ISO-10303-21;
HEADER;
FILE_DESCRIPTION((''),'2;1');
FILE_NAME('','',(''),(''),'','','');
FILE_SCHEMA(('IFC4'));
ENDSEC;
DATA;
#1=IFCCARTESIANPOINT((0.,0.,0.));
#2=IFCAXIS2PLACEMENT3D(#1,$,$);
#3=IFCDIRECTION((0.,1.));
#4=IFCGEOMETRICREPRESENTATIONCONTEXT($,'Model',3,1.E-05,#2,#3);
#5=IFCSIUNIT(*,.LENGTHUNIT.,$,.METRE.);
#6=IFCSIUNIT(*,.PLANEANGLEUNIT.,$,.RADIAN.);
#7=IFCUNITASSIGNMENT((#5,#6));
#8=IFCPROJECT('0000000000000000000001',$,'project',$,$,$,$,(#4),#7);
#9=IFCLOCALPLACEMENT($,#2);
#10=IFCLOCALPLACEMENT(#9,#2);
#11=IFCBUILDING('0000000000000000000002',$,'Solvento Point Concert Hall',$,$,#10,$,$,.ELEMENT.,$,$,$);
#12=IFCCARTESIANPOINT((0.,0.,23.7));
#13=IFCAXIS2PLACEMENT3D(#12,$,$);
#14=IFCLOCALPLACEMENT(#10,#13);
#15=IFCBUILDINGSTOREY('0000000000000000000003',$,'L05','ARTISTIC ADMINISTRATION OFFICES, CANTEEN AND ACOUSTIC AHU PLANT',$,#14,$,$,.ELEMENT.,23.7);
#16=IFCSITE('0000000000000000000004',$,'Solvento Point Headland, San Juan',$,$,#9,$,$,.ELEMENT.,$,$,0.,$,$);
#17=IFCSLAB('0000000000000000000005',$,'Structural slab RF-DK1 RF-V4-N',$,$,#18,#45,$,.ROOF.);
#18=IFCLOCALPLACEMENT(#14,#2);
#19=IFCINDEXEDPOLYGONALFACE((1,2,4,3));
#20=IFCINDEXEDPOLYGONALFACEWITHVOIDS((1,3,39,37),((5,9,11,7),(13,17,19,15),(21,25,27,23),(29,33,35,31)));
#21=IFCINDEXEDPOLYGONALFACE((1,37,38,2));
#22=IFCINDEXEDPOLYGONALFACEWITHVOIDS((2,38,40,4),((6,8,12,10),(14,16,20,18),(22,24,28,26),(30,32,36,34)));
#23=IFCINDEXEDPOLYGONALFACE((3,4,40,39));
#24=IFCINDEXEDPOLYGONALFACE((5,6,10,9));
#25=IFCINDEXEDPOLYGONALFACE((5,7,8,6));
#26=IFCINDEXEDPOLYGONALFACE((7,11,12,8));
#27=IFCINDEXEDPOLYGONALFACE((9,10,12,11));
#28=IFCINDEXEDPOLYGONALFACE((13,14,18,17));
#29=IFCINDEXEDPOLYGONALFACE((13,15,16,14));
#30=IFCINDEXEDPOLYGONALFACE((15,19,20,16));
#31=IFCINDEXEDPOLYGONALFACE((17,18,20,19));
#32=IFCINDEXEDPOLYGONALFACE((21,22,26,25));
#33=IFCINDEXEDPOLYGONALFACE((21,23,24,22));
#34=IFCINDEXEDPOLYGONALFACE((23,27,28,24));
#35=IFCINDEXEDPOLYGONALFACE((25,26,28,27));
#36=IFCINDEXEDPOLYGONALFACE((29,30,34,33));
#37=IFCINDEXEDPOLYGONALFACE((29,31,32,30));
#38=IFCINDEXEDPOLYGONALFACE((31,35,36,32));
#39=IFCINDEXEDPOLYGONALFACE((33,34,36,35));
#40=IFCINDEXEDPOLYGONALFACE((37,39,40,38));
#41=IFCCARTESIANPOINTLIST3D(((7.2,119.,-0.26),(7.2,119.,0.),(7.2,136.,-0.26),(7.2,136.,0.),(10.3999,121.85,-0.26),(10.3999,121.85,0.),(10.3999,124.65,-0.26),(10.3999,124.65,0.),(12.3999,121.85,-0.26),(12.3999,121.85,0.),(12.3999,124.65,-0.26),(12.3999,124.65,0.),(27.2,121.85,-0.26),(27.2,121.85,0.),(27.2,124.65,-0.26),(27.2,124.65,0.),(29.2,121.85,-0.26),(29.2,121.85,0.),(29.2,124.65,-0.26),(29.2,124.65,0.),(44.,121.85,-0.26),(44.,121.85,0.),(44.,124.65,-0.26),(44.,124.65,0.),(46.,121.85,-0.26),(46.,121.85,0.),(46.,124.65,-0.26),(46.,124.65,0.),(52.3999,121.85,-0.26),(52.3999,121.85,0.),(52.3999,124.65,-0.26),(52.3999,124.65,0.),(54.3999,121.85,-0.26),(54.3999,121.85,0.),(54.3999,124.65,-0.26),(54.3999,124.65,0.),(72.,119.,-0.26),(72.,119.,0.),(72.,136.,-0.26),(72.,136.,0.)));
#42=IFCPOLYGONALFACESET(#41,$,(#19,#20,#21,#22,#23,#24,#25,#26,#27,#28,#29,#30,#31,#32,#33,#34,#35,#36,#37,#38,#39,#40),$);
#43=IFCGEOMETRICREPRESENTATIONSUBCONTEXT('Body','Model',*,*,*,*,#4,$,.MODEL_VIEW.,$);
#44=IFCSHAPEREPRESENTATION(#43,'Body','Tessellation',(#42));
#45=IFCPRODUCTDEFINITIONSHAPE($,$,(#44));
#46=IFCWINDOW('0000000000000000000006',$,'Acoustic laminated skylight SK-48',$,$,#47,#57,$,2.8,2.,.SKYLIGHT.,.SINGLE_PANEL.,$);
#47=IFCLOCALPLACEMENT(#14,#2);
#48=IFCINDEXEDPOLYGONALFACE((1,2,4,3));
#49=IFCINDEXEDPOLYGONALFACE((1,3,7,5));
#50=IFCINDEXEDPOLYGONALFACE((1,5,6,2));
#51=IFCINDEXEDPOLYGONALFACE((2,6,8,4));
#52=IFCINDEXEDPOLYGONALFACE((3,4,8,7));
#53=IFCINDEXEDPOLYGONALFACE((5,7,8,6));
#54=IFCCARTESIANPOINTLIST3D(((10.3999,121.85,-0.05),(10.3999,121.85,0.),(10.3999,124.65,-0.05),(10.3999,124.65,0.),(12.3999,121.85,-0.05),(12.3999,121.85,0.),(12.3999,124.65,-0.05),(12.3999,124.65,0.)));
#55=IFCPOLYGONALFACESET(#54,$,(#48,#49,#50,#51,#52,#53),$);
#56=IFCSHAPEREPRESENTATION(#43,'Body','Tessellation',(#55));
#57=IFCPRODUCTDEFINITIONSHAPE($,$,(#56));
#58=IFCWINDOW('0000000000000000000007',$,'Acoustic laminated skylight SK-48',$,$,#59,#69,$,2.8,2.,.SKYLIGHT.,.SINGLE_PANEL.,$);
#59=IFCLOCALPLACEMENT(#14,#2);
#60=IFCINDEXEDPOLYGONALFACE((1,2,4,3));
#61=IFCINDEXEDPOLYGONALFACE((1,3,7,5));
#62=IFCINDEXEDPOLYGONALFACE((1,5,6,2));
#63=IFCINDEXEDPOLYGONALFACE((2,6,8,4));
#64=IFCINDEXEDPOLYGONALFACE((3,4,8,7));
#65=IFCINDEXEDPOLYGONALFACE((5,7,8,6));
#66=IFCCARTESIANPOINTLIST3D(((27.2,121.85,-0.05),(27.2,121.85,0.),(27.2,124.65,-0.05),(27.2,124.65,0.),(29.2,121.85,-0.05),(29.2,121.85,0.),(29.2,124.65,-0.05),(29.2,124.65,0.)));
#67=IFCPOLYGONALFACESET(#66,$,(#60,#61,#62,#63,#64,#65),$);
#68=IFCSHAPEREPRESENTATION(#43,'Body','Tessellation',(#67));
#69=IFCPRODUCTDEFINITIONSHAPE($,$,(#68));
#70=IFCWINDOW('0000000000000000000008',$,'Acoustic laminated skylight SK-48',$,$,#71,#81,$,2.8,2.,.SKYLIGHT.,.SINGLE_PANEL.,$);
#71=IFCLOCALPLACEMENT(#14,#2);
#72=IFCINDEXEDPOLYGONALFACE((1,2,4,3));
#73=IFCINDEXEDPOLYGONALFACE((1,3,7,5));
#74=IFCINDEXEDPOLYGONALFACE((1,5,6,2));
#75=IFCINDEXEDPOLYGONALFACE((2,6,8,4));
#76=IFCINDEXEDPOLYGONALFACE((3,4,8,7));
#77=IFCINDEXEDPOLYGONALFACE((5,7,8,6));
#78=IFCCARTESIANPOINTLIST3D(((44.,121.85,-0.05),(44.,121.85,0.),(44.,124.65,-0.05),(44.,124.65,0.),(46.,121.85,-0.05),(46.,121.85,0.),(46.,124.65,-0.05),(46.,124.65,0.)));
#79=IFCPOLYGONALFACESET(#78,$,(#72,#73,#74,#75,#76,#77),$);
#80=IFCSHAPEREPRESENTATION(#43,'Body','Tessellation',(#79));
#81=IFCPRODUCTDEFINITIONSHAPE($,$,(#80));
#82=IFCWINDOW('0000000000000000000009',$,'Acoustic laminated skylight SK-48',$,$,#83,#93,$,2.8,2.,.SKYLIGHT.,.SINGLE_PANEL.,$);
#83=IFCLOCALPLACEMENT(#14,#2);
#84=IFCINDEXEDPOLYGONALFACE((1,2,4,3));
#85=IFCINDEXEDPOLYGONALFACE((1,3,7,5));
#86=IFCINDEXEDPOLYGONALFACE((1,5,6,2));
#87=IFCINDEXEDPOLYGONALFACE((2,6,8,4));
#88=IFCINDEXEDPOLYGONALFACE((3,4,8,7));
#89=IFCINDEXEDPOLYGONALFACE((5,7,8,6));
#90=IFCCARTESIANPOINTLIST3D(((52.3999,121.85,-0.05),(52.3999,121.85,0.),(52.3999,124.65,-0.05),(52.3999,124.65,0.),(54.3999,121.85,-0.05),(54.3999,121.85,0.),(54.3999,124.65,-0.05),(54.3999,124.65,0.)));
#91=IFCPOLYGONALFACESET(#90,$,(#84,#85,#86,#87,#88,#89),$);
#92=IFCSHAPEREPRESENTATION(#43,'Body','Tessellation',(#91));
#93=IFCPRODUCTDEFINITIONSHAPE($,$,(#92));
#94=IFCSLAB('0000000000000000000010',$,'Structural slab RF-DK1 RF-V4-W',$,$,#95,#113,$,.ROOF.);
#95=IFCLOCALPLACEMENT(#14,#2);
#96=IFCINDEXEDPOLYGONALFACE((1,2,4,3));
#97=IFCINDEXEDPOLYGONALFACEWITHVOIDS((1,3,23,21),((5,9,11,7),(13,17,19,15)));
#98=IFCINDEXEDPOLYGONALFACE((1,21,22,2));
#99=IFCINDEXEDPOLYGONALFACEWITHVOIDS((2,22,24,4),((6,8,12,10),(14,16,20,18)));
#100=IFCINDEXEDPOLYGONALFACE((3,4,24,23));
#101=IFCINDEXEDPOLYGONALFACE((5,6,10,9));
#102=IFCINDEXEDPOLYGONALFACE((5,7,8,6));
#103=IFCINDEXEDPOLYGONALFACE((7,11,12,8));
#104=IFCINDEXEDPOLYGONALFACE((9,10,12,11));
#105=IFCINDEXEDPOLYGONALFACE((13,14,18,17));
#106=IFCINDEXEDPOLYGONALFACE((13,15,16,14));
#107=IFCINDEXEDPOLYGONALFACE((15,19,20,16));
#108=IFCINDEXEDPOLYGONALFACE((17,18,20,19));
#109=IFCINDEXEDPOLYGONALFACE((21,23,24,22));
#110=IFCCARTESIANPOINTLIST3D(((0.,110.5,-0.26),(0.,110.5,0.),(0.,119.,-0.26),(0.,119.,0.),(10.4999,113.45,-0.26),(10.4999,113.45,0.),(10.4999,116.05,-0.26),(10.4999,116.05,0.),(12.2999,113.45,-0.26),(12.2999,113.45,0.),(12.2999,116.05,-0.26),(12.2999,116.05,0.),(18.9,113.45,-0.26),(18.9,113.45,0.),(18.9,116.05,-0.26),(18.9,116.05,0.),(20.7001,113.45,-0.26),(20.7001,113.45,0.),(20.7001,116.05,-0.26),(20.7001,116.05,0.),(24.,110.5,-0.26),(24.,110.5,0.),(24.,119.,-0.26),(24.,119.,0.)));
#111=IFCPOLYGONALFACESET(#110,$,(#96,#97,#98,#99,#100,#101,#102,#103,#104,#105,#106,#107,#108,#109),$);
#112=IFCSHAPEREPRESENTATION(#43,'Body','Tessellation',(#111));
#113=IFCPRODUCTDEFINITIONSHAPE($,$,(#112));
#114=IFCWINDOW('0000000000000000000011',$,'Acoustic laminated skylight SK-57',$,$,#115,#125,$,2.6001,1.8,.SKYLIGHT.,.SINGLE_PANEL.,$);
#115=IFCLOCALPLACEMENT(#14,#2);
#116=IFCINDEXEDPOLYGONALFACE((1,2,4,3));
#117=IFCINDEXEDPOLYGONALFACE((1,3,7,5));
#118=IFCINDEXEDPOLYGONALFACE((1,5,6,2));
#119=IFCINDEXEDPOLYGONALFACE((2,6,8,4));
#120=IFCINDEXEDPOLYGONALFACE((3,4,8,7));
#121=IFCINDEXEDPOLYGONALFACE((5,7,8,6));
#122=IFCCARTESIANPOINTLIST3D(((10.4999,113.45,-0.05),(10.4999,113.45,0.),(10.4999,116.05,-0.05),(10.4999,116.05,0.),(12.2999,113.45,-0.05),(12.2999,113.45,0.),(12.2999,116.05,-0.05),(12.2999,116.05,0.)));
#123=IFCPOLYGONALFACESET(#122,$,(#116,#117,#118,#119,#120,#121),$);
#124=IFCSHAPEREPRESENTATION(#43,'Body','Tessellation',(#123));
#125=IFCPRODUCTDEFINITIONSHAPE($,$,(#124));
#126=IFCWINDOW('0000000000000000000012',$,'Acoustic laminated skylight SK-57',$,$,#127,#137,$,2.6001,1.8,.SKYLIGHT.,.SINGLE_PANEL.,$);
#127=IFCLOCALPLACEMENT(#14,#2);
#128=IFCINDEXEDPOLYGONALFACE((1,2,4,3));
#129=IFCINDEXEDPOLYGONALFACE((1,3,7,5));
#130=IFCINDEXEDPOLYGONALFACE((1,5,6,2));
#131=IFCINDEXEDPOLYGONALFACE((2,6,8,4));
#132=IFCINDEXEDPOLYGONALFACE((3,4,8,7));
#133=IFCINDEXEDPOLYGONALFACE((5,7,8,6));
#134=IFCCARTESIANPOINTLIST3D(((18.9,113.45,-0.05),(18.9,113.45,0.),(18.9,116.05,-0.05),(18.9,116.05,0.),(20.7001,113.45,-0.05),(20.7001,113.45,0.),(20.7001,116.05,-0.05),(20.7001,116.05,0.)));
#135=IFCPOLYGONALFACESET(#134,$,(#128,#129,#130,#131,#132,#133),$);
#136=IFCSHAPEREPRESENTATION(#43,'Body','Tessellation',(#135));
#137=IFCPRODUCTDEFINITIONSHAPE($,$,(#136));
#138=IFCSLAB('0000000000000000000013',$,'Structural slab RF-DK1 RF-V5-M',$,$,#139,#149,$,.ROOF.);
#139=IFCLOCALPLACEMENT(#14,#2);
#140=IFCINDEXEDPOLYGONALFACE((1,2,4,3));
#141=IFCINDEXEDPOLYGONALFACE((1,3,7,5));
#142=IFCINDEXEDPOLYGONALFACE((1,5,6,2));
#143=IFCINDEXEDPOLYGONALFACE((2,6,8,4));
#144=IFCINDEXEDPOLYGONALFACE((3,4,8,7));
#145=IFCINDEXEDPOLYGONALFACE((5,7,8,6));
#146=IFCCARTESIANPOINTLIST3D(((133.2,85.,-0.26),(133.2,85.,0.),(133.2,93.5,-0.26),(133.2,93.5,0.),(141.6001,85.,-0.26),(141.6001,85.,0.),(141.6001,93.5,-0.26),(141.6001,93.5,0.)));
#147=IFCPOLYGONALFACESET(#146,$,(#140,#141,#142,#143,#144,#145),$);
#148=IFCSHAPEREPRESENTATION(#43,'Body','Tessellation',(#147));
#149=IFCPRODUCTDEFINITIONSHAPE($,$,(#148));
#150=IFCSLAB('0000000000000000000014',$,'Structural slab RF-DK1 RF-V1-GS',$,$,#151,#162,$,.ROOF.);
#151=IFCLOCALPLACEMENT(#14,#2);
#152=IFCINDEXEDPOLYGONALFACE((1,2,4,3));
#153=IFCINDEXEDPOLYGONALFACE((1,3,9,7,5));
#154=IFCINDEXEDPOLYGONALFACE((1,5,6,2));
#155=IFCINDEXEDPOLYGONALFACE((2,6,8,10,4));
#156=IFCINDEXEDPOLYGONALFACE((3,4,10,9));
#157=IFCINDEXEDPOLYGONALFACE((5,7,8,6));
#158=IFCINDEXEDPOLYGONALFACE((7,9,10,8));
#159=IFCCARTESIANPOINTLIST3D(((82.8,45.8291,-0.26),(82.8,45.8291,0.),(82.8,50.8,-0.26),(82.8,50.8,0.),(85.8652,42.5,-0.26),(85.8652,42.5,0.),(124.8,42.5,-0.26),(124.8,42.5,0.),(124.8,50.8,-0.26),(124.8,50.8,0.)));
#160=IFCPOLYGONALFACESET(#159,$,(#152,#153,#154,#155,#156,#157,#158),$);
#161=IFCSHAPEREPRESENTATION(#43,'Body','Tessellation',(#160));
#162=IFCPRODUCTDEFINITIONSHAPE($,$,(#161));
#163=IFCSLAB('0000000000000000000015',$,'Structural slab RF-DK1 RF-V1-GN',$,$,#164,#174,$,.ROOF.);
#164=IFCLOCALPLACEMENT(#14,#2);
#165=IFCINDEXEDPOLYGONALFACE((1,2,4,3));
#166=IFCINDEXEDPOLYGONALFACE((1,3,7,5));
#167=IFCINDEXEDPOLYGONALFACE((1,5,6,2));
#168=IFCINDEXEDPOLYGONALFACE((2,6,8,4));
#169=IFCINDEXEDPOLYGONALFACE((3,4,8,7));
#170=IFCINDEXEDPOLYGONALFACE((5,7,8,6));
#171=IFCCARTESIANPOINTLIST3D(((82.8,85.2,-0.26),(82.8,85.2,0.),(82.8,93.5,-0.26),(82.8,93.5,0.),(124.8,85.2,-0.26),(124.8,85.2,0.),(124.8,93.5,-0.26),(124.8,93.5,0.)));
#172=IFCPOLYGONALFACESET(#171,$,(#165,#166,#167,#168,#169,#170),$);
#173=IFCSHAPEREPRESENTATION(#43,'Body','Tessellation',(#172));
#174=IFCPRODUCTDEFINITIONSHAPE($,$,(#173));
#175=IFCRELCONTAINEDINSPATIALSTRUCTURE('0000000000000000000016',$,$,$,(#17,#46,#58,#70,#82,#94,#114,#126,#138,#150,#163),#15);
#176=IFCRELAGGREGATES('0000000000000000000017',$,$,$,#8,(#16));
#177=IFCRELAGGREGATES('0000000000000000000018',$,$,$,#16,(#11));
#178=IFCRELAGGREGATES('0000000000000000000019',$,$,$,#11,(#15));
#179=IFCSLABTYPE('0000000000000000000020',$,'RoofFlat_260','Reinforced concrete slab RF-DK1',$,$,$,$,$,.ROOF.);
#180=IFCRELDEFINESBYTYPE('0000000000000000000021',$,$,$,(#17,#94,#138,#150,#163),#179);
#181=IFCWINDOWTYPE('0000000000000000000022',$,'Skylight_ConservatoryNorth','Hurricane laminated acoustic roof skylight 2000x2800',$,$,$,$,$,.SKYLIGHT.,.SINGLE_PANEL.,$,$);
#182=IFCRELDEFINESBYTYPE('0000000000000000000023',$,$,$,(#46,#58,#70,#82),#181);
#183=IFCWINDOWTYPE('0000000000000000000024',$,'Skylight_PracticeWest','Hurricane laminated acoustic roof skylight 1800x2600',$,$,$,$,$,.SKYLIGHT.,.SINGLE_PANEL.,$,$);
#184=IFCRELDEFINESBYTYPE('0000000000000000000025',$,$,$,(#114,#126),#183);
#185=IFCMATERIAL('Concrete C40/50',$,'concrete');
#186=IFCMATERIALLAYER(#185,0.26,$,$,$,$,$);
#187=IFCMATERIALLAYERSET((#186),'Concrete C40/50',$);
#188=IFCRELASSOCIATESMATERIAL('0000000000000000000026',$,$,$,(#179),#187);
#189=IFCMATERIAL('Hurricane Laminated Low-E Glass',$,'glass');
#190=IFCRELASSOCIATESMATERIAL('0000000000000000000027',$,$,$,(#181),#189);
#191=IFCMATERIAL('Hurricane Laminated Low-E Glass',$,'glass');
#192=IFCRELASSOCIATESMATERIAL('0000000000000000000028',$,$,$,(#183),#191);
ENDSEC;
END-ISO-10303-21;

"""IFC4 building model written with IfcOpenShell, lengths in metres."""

from ifc_helpers import new_model, si_unit, direction, frame, origin, origin_2d, place, context, subcontext, project, spatial, polyline, rectangle, outline, extrude, material, layer, layer_set, type_object, element, fill, save


model = new_model("IFC4")

# Units and contexts
model_context = context("Model", 3, precision=1e-05, world=origin(), true_north=direction((0.0, 1.0)))
body_context = subcontext(model_context, "Body", "Model", "MODEL_VIEW")
ifc_project = project(units=[si_unit("LENGTHUNIT", "METRE"), si_unit("PLANEANGLEUNIT", "RADIAN")], contexts=[model_context])

# Site, building, storey
site_placement = place(None, origin())
site = spatial("IfcSite", under=ifc_project, at=site_placement, Name="Solvento Point Headland, San Juan", CompositionType="ELEMENT", RefElevation=0.0)
building_placement = place(site_placement, origin())
building = spatial("IfcBuilding", under=site, at=building_placement, Name="Solvento Point Concert Hall", CompositionType="ELEMENT")
storey_placement = place(building_placement, frame((0.0, 0.0, 23.7)))
storey = spatial("IfcBuildingStorey", under=building, at=storey_placement, Name="L05", Description="ARTISTIC ADMINISTRATION OFFICES, CANTEEN AND ACOUSTIC AHU PLANT", CompositionType="ELEMENT", Elevation=23.7)

# Slabs, openings, windows
ifc_material_1 = material(Name="Concrete C40/50", Category="concrete")
ifc_layer_1 = layer(ifc_material_1, 0.26)
ifc_layer_set_1 = layer_set([ifc_layer_1], Name="Concrete C40/50")
slab_type_1 = type_object("IfcSlabType", Name="RoofFlat_260", Description="Reinforced concrete slab RF-DK1", PredefinedType="ROOF", material=ifc_layer_set_1)
slab_1_placement = place(storey_placement, frame((0.0, 0.0, -0.26)))
slab_1 = element("IfcSlab", 1, at=slab_1_placement, inside=storey, type_object=slab_type_1, Name="Structural slab RF-DK1 RF-V4-N", PredefinedType="ROOF", context=body_context, shape_type="SweptSolid", body=[
    extrude(outline(polyline([(7.2, 119.0), (7.2, 136.0), (72.0, 136.0), (72.0, 119.0), (7.2, 119.0)])), origin(), (0.0, 0.0, 1.0), 0.26),
])
opening_1_placement = place(slab_1_placement, frame((11.3999, 123.25, 0.0)))
opening_1 = element("IfcOpeningElement", 2, at=opening_1_placement, cuts=slab_1, PredefinedType="OPENING", context=body_context, shape_type="SweptSolid", body=[
    extrude(rectangle(XDim=2.0, YDim=2.8, at=origin_2d()), origin(), (0.0, 0.0, 1.0), 0.26),
])
opening_2_placement = place(slab_1_placement, frame((28.2, 123.25, 0.0)))
opening_2 = element("IfcOpeningElement", 3, at=opening_2_placement, cuts=slab_1, PredefinedType="OPENING", context=body_context, shape_type="SweptSolid", body=[
    extrude(rectangle(XDim=2.0, YDim=2.8, at=origin_2d()), origin(), (0.0, 0.0, 1.0), 0.26),
])
opening_3_placement = place(slab_1_placement, frame((45.0, 123.25, 0.0)))
opening_3 = element("IfcOpeningElement", 4, at=opening_3_placement, cuts=slab_1, PredefinedType="OPENING", context=body_context, shape_type="SweptSolid", body=[
    extrude(rectangle(XDim=2.0, YDim=2.8, at=origin_2d()), origin(), (0.0, 0.0, 1.0), 0.26),
])
opening_4_placement = place(slab_1_placement, frame((53.3999, 123.25, 0.0)))
opening_4 = element("IfcOpeningElement", 5, at=opening_4_placement, cuts=slab_1, PredefinedType="OPENING", context=body_context, shape_type="SweptSolid", body=[
    extrude(rectangle(XDim=2.0, YDim=2.8, at=origin_2d()), origin(), (0.0, 0.0, 1.0), 0.26),
])
ifc_material_2 = material(Name="Hurricane Laminated Low-E Glass", Category="glass")
window_type_1 = type_object("IfcWindowType", Name="Skylight_ConservatoryNorth", Description="Hurricane laminated acoustic roof skylight 2000x2800", PartitioningType="SINGLE_PANEL", PredefinedType="SKYLIGHT", material=ifc_material_2)
window_1_placement = place(opening_1_placement, frame((0.0, 0.0, 0.21)))
window_1 = element("IfcWindow", 6, at=window_1_placement, inside=storey, type_object=window_type_1, Name="Acoustic laminated skylight SK-48", OverallHeight=2.8, OverallWidth=2.0, PartitioningType="SINGLE_PANEL", PredefinedType="SKYLIGHT", context=body_context, shape_type="SweptSolid", body=[
    extrude(rectangle(XDim=2.0, YDim=2.8, at=origin_2d()), origin(), (0.0, 0.0, 1.0), 0.05),
])
fill(opening_1, window_1)
window_2_placement = place(opening_2_placement, frame((0.0, 0.0, 0.21)))
window_2 = element("IfcWindow", 7, at=window_2_placement, inside=storey, type_object=window_type_1, Name="Acoustic laminated skylight SK-48", OverallHeight=2.8, OverallWidth=2.0, PartitioningType="SINGLE_PANEL", PredefinedType="SKYLIGHT", context=body_context, shape_type="SweptSolid", body=[
    extrude(rectangle(XDim=2.0, YDim=2.8, at=origin_2d()), origin(), (0.0, 0.0, 1.0), 0.05),
])
fill(opening_2, window_2)
window_3_placement = place(opening_3_placement, frame((0.0, 0.0, 0.21)))
window_3 = element("IfcWindow", 8, at=window_3_placement, inside=storey, type_object=window_type_1, Name="Acoustic laminated skylight SK-48", OverallHeight=2.8, OverallWidth=2.0, PartitioningType="SINGLE_PANEL", PredefinedType="SKYLIGHT", context=body_context, shape_type="SweptSolid", body=[
    extrude(rectangle(XDim=2.0, YDim=2.8, at=origin_2d()), origin(), (0.0, 0.0, 1.0), 0.05),
])
fill(opening_3, window_3)
window_4_placement = place(opening_4_placement, frame((0.0, 0.0, 0.21)))
window_4 = element("IfcWindow", 9, at=window_4_placement, inside=storey, type_object=window_type_1, Name="Acoustic laminated skylight SK-48", OverallHeight=2.8, OverallWidth=2.0, PartitioningType="SINGLE_PANEL", PredefinedType="SKYLIGHT", context=body_context, shape_type="SweptSolid", body=[
    extrude(rectangle(XDim=2.0, YDim=2.8, at=origin_2d()), origin(), (0.0, 0.0, 1.0), 0.05),
])
fill(opening_4, window_4)
slab_2_placement = place(storey_placement, frame((0.0, 0.0, -0.26)))
slab_2 = element("IfcSlab", 10, at=slab_2_placement, inside=storey, type_object=slab_type_1, Name="Structural slab RF-DK1 RF-V4-W", PredefinedType="ROOF", context=body_context, shape_type="SweptSolid", body=[
    extrude(outline(polyline([(0.0, 110.5), (0.0, 119.0), (24.0, 119.0), (24.0, 110.5), (0.0, 110.5)])), origin(), (0.0, 0.0, 1.0), 0.26),
])
opening_5_placement = place(slab_2_placement, frame((11.3999, 114.75, 0.0)))
opening_5 = element("IfcOpeningElement", 11, at=opening_5_placement, cuts=slab_2, PredefinedType="OPENING", context=body_context, shape_type="SweptSolid", body=[
    extrude(rectangle(XDim=1.8, YDim=2.6001, at=origin_2d()), origin(), (0.0, 0.0, 1.0), 0.26),
])
opening_6_placement = place(slab_2_placement, frame((19.8, 114.75, 0.0)))
opening_6 = element("IfcOpeningElement", 12, at=opening_6_placement, cuts=slab_2, PredefinedType="OPENING", context=body_context, shape_type="SweptSolid", body=[
    extrude(rectangle(XDim=1.8, YDim=2.6001, at=origin_2d()), origin(), (0.0, 0.0, 1.0), 0.26),
])
ifc_material_3 = material(Name="Hurricane Laminated Low-E Glass", Category="glass")
window_type_2 = type_object("IfcWindowType", Name="Skylight_PracticeWest", Description="Hurricane laminated acoustic roof skylight 1800x2600", PartitioningType="SINGLE_PANEL", PredefinedType="SKYLIGHT", material=ifc_material_3)
window_5_placement = place(opening_5_placement, frame((0.0, 0.0, 0.21)))
window_5 = element("IfcWindow", 13, at=window_5_placement, inside=storey, type_object=window_type_2, Name="Acoustic laminated skylight SK-57", OverallHeight=2.6001, OverallWidth=1.8, PartitioningType="SINGLE_PANEL", PredefinedType="SKYLIGHT", context=body_context, shape_type="SweptSolid", body=[
    extrude(rectangle(XDim=1.8, YDim=2.6001, at=origin_2d()), origin(), (0.0, 0.0, 1.0), 0.05),
])
fill(opening_5, window_5)
window_6_placement = place(opening_6_placement, frame((0.0, 0.0, 0.21)))
window_6 = element("IfcWindow", 14, at=window_6_placement, inside=storey, type_object=window_type_2, Name="Acoustic laminated skylight SK-57", OverallHeight=2.6001, OverallWidth=1.8, PartitioningType="SINGLE_PANEL", PredefinedType="SKYLIGHT", context=body_context, shape_type="SweptSolid", body=[
    extrude(rectangle(XDim=1.8, YDim=2.6001, at=origin_2d()), origin(), (0.0, 0.0, 1.0), 0.05),
])
fill(opening_6, window_6)

# Slabs
slab_3_placement = place(storey_placement, frame((0.0, 0.0, -0.26)))
element("IfcSlab", 15, at=slab_3_placement, inside=storey, type_object=slab_type_1, Name="Structural slab RF-DK1 RF-V5-M", PredefinedType="ROOF", context=body_context, shape_type="SweptSolid", body=[
    extrude(outline(polyline([(133.2, 85.0), (133.2, 93.5), (141.6001, 93.5), (141.6001, 85.0), (133.2, 85.0)])), origin(), (0.0, 0.0, 1.0), 0.26),
])
slab_4_placement = place(storey_placement, frame((0.0, 0.0, -0.26)))
element("IfcSlab", 16, at=slab_4_placement, inside=storey, type_object=slab_type_1, Name="Structural slab RF-DK1 RF-V1-GS", PredefinedType="ROOF", context=body_context, shape_type="SweptSolid", body=[
    extrude(outline(polyline([(85.8652, 42.5), (82.8, 45.8291), (82.8, 50.8), (124.8, 50.8), (124.8, 42.5), (85.8652, 42.5)])), origin(), (0.0, 0.0, 1.0), 0.26),
])
slab_5_placement = place(storey_placement, frame((0.0, 0.0, -0.26)))
element("IfcSlab", 17, at=slab_5_placement, inside=storey, type_object=slab_type_1, Name="Structural slab RF-DK1 RF-V1-GN", PredefinedType="ROOF", context=body_context, shape_type="SweptSolid", body=[
    extrude(outline(polyline([(82.8, 85.2), (82.8, 93.5), (124.8, 93.5), (124.8, 85.2), (82.8, 85.2)])), origin(), (0.0, 0.0, 1.0), 0.26),
])

save(model, "model.ifc")
